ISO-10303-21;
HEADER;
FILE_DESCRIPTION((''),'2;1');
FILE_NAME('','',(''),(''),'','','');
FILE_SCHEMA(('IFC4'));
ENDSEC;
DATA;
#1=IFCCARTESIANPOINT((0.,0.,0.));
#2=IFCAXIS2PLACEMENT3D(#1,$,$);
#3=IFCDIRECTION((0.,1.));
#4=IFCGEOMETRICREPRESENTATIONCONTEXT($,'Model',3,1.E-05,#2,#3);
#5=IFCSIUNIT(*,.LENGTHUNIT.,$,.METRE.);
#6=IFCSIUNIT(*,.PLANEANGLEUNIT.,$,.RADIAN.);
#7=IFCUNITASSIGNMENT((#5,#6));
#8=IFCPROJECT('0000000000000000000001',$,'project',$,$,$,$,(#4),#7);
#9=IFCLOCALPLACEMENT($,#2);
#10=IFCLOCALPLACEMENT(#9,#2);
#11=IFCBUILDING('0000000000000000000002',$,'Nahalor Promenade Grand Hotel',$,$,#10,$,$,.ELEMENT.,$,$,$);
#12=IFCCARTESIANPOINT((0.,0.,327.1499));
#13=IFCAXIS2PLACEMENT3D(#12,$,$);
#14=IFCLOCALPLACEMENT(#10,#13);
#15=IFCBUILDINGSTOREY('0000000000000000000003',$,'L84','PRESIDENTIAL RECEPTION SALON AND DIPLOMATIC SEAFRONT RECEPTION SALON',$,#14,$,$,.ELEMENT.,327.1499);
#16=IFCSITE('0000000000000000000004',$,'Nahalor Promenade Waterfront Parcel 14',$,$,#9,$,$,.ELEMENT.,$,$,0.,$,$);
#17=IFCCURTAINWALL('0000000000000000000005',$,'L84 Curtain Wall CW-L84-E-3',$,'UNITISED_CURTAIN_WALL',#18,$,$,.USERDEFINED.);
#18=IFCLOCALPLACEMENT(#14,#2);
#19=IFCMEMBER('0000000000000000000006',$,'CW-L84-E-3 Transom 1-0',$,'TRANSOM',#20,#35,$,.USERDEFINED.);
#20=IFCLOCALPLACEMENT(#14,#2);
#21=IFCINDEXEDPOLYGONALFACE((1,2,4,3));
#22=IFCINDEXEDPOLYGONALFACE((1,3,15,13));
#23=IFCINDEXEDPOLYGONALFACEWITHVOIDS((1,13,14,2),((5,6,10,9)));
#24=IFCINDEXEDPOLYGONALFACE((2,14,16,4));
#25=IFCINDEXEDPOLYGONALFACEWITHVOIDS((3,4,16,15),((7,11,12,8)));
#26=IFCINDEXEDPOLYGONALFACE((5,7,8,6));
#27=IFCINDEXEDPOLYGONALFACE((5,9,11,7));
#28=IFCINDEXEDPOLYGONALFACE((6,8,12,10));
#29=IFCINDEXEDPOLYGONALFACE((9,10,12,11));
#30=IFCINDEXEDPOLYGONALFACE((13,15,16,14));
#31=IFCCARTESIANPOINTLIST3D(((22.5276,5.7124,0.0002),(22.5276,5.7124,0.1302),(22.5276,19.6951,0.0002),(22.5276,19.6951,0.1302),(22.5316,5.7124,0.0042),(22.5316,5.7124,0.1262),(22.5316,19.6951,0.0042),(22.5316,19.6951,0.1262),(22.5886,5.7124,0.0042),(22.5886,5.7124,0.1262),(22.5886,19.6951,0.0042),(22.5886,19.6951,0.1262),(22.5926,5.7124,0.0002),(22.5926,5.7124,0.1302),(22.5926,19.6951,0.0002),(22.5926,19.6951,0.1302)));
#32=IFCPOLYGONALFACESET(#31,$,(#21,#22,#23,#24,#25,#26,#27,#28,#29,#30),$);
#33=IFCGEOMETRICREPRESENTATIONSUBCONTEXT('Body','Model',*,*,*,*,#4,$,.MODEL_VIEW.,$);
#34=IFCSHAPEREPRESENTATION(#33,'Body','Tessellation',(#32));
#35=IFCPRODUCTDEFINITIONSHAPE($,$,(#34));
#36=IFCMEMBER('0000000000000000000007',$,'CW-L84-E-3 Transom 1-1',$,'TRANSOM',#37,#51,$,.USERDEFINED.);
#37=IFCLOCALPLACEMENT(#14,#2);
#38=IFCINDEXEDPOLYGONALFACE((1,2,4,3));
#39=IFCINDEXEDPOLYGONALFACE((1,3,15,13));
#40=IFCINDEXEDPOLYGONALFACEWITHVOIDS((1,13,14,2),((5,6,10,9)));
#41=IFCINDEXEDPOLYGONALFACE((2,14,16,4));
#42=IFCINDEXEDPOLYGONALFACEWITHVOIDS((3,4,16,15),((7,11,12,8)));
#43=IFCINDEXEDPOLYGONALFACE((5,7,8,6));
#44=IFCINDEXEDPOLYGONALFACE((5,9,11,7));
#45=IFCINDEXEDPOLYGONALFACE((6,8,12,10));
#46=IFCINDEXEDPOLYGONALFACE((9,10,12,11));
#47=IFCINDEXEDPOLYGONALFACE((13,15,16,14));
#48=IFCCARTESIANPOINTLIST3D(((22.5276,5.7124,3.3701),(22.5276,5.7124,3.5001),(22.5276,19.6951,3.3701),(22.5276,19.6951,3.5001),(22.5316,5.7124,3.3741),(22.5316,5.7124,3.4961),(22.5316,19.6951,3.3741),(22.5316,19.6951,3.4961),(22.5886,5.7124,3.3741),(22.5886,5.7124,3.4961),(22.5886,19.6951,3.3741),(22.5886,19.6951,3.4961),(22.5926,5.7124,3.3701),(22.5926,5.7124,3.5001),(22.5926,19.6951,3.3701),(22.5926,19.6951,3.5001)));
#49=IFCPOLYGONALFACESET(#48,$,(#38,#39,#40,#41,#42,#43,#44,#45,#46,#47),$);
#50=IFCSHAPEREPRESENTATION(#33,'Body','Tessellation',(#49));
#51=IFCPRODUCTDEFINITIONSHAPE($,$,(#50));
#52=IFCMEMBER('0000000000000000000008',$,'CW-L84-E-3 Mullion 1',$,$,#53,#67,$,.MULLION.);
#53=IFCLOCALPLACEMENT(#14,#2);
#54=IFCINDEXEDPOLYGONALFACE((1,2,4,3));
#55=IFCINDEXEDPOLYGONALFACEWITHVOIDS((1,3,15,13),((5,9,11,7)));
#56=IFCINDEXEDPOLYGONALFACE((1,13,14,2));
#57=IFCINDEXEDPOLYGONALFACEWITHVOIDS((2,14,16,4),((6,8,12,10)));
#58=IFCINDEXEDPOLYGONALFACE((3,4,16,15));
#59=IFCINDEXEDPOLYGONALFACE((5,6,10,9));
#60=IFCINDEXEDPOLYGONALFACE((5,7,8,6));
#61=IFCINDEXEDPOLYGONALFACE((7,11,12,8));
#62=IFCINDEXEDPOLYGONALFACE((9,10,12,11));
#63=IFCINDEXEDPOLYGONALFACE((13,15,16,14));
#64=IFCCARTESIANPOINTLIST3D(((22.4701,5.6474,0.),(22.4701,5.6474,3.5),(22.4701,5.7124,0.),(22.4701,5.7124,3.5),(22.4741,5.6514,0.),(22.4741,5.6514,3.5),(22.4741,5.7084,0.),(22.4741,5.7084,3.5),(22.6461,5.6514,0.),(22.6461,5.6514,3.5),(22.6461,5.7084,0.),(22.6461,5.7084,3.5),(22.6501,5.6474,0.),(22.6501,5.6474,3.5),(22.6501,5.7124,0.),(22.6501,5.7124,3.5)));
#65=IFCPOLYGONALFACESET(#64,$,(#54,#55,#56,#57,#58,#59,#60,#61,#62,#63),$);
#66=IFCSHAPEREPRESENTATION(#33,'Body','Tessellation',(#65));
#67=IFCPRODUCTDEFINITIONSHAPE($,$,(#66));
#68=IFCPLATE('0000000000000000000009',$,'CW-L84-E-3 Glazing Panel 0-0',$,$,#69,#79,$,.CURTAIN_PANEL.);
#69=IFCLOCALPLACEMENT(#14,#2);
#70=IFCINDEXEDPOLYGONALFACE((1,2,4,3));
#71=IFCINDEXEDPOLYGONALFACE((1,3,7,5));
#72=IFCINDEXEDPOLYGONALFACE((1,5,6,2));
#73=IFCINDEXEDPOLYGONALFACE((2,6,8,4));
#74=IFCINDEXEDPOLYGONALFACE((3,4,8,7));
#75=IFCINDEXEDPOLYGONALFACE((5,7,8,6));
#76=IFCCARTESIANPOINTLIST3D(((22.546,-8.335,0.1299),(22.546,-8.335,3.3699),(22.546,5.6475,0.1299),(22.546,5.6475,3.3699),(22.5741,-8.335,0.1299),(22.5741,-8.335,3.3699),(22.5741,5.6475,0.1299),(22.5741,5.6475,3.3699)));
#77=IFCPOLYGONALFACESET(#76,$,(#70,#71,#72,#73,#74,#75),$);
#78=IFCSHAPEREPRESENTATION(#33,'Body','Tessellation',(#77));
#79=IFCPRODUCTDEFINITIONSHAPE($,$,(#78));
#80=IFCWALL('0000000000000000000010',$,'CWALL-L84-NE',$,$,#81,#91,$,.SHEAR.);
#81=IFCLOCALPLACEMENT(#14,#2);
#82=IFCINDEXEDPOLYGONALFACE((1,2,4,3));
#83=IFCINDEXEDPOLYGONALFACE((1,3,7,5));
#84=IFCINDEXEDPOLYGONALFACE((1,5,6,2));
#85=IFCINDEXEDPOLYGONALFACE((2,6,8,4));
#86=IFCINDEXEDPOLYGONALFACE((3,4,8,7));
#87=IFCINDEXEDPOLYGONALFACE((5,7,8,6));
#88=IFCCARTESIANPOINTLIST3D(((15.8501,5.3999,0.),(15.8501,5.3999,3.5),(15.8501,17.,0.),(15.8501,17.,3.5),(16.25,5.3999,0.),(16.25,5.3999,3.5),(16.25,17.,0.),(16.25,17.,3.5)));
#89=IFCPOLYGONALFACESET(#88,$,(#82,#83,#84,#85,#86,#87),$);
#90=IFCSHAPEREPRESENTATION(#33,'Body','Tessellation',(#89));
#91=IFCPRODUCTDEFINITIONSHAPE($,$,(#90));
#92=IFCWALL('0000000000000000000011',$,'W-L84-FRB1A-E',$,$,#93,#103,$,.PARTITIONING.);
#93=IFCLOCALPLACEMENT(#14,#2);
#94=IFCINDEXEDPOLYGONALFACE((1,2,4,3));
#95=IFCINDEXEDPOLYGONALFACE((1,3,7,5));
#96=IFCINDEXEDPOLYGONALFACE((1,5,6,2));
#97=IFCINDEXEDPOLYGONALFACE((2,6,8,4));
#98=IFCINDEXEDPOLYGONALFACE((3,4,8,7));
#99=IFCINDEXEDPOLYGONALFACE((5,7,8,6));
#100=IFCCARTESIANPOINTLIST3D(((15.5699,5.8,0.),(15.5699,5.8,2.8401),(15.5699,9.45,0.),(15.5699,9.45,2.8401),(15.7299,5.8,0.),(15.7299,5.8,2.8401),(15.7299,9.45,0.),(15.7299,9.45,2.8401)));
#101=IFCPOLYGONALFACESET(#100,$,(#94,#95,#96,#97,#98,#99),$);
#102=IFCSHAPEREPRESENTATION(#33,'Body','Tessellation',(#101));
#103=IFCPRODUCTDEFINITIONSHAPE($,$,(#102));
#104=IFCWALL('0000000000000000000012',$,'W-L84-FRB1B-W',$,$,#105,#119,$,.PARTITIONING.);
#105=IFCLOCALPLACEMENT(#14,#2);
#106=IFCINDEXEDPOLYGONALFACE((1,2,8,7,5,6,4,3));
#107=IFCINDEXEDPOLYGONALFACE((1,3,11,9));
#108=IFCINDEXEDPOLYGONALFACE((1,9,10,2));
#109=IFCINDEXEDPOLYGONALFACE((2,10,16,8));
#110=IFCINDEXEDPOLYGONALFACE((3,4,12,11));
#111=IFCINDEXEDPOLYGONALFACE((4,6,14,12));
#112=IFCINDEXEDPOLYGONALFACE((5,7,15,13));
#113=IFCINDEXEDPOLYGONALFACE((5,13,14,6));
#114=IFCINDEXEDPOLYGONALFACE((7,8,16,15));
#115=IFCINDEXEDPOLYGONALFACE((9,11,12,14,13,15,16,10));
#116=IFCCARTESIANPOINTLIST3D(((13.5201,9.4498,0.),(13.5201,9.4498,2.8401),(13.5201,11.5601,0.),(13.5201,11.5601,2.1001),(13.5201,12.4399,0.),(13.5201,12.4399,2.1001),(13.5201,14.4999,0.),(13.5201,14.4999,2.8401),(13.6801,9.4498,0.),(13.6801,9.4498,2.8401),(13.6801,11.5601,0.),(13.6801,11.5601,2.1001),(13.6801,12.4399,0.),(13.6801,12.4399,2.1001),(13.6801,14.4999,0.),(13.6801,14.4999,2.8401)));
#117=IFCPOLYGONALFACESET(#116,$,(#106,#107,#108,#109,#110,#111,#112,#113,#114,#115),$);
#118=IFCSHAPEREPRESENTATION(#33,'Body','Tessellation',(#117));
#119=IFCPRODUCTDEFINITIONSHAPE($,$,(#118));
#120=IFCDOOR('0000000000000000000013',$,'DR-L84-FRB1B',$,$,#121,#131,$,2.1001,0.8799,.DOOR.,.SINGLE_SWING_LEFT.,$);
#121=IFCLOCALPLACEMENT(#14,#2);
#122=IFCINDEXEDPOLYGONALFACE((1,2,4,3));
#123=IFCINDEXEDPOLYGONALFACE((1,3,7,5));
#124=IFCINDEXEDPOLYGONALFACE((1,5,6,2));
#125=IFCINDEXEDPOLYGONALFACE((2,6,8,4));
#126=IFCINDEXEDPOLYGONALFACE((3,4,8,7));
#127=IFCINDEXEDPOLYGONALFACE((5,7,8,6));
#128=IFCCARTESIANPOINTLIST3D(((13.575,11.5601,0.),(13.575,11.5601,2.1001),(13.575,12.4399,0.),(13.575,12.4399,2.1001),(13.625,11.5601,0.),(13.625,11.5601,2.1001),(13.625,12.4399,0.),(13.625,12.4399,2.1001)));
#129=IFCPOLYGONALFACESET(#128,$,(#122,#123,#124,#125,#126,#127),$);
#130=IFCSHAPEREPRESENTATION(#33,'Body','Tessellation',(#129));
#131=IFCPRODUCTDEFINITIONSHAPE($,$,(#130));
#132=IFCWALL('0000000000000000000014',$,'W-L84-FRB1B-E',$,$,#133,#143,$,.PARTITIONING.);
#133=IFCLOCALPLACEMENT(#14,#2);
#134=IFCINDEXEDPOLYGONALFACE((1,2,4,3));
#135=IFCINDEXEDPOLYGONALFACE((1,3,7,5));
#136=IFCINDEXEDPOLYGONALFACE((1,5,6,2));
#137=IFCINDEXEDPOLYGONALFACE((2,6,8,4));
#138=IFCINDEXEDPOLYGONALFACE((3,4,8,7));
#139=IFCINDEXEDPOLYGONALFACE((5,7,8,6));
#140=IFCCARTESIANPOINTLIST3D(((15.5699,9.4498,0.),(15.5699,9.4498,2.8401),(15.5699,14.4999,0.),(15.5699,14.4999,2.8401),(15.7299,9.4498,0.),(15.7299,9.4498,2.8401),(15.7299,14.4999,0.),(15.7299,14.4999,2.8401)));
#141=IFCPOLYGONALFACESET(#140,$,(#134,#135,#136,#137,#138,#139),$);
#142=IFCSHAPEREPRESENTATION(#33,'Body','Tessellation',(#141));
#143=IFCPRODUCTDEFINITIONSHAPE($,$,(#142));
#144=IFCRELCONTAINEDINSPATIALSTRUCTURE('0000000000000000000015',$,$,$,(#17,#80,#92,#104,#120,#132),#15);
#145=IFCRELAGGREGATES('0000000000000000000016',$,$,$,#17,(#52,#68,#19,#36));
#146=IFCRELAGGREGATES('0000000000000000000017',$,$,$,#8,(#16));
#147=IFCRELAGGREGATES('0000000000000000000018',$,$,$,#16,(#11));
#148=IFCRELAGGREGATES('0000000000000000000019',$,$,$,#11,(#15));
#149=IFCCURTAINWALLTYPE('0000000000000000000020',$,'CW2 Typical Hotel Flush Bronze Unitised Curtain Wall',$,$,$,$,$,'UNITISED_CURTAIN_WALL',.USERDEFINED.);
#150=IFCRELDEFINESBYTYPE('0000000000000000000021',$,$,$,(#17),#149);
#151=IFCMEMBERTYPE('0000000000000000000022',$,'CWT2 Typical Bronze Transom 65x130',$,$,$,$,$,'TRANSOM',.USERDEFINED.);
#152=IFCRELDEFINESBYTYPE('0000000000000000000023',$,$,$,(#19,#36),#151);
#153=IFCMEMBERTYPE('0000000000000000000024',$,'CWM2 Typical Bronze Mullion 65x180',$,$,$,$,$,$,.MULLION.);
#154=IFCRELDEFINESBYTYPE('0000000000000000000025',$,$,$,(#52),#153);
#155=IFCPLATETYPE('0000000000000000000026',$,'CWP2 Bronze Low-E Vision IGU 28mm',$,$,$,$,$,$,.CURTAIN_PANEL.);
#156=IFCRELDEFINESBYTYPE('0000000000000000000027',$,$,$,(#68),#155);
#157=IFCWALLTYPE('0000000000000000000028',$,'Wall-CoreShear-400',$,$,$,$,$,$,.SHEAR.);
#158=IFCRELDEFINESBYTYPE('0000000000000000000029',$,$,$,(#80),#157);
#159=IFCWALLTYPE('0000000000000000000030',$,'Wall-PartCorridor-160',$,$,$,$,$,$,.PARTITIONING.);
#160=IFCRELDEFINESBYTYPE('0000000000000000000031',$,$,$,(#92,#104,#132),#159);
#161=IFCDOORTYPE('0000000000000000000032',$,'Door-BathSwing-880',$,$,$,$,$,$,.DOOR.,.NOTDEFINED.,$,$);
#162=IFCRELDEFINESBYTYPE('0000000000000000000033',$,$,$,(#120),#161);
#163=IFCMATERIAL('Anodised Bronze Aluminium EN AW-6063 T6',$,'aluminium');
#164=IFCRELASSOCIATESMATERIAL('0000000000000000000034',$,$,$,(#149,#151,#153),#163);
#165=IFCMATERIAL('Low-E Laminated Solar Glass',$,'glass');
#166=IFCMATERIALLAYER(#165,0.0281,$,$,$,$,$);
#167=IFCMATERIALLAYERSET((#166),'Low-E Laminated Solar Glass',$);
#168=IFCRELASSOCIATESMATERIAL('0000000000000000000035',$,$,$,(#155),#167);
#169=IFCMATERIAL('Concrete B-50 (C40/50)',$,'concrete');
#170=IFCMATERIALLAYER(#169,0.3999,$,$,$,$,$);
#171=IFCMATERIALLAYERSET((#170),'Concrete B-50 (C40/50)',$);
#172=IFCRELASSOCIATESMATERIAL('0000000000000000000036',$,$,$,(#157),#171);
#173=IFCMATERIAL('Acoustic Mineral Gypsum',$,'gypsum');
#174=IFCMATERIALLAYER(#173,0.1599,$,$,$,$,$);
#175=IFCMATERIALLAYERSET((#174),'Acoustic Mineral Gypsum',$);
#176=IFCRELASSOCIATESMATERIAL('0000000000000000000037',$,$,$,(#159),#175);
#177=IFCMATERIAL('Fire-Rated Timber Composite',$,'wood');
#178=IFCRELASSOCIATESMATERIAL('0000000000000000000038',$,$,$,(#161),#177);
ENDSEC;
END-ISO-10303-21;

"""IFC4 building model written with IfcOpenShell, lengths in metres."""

from ifc_helpers import new_model, si_unit, direction, frame, frame_2d, origin, origin_2d, place, context, subcontext, project, spatial, rectangle, hollow_rectangle, extrude, source, transform, mapped, material, layer, layer_set, material_profile, profile_set, type_object, element, fill, aggregate, save


model = new_model("IFC4")

# Units and contexts
model_context = context("Model", 3, precision=1e-05, world=origin(), true_north=direction((0.0, 1.0)))
body_context = subcontext(model_context, "Body", "Model", "MODEL_VIEW")
ifc_project = project(units=[si_unit("LENGTHUNIT", "METRE"), si_unit("PLANEANGLEUNIT", "RADIAN")], contexts=[model_context])

# Site, building, storey
site_placement = place(None, origin())
site = spatial("IfcSite", under=ifc_project, at=site_placement, Name="Nahalor Promenade Waterfront Parcel 14", CompositionType="ELEMENT", RefElevation=0.0)
building_placement = place(site_placement, origin())
building = spatial("IfcBuilding", under=site, at=building_placement, Name="Nahalor Promenade Grand Hotel", CompositionType="ELEMENT")
storey_placement = place(building_placement, frame((0.0, 0.0, 327.1499)))
storey = spatial("IfcBuildingStorey", under=building, at=storey_placement, Name="L84", Description="PRESIDENTIAL RECEPTION SALON AND DIPLOMATIC SEAFRONT RECEPTION SALON", CompositionType="ELEMENT", Elevation=327.1499)

# Curtain wall, members, plate
ifc_material_1 = material(Name="Anodised Bronze Aluminium EN AW-6063 T6", Category="aluminium")
curtain_wall_type = type_object("IfcCurtainWallType", Name="CW2 Typical Hotel Flush Bronze Unitised Curtain Wall", ElementType="UNITISED_CURTAIN_WALL", PredefinedType="USERDEFINED", material=ifc_material_1)
curtain_wall_placement = place(storey_placement, origin())
curtain_wall = element("IfcCurtainWall", 1, at=curtain_wall_placement, inside=storey, type_object=curtain_wall_type, Name="L84 Curtain Wall CW-L84-E-3", ObjectType="UNITISED_CURTAIN_WALL", PredefinedType="USERDEFINED")
ifc_material_profile_1 = material_profile(ifc_material_1, hollow_rectangle(XDim=0.065, YDim=0.13, WallThickness=0.004, at=origin_2d()), Name="CWT 65x130x4")
ifc_profile_set_1 = profile_set([ifc_material_profile_1], Name="Anodised Bronze Aluminium EN AW-6063 T6")
member_type_1 = type_object("IfcMemberType", Name="CWT2 Typical Bronze Transom 65x130", ElementType="TRANSOM", PredefinedType="USERDEFINED", material=ifc_profile_set_1)
shared_shape_1 = source(origin(), body_context, "Body", "SweptSolid", [
    extrude(hollow_rectangle(XDim=0.065, YDim=0.13, WallThickness=0.004, at=origin_2d()), origin(), (0.0, 0.0, 1.0), 13.9827),
])
member_1_placement = place(storey_placement, frame((22.5601, 5.7124, 0.0652), z_axis=(0.0, 1.0, 0.0), x_axis=(-1.0, 0.0, 0.0)))
member_1 = element("IfcMember", 2, at=member_1_placement, type_object=member_type_1, Name="CW-L84-E-3 Transom 1-0", ObjectType="TRANSOM", PredefinedType="USERDEFINED", context=body_context, shape_type="MappedRepresentation", body=[
    mapped(shared_shape_1, transform((0.0, 0.0, 0.0), scale=1.0)),
])
member_2_placement = place(storey_placement, frame((22.5601, 5.7124, 3.4351), z_axis=(0.0, 1.0, 0.0), x_axis=(-1.0, 0.0, 0.0)))
member_2 = element("IfcMember", 3, at=member_2_placement, type_object=member_type_1, Name="CW-L84-E-3 Transom 1-1", ObjectType="TRANSOM", PredefinedType="USERDEFINED", context=body_context, shape_type="MappedRepresentation", body=[
    mapped(shared_shape_1, transform((0.0, 0.0, 0.0), scale=1.0)),
])
ifc_material_profile_2 = material_profile(ifc_material_1, hollow_rectangle(XDim=0.065, YDim=0.18, WallThickness=0.004, at=origin_2d()), Name="CWM 65x180x4")
ifc_profile_set_2 = profile_set([ifc_material_profile_2], Name="Anodised Bronze Aluminium EN AW-6063 T6")
member_type_2 = type_object("IfcMemberType", Name="CWM2 Typical Bronze Mullion 65x180", PredefinedType="MULLION", material=ifc_profile_set_2)
shared_shape_2 = source(origin(), body_context, "Body", "SweptSolid", [
    extrude(hollow_rectangle(XDim=0.065, YDim=0.18, WallThickness=0.004, at=origin_2d()), origin(), (0.0, 0.0, 1.0), 3.5),
])
member_3_placement = place(storey_placement, frame((22.5601, 5.6799, 0.0), z_axis=(0.0, 0.0, 1.0), x_axis=(0.0, 1.0, 0.0)))
member_3 = element("IfcMember", 4, at=member_3_placement, type_object=member_type_2, Name="CW-L84-E-3 Mullion 1", PredefinedType="MULLION", context=body_context, shape_type="MappedRepresentation", body=[
    mapped(shared_shape_2, transform((0.0, 0.0, 0.0), scale=1.0)),
])
ifc_material_2 = material(Name="Low-E Laminated Solar Glass", Category="glass")
ifc_layer_1 = layer(ifc_material_2, 0.0281)
ifc_layer_set_1 = layer_set([ifc_layer_1], Name="Low-E Laminated Solar Glass")
plate_type = type_object("IfcPlateType", Name="CWP2 Bronze Low-E Vision IGU 28mm", PredefinedType="CURTAIN_PANEL", material=ifc_layer_set_1)
shared_shape_3 = source(origin(), body_context, "Body", "SweptSolid", [
    extrude(rectangle(XDim=13.9824, YDim=0.0281, at=origin_2d()), origin(), (0.0, 0.0, 1.0), 3.24),
])
plate_placement = place(storey_placement, frame((22.5601, -1.3438, 0.1299), z_axis=(0.0, 0.0, 1.0), x_axis=(0.0, 1.0, 0.0)))
plate = element("IfcPlate", 5, at=plate_placement, type_object=plate_type, Name="CW-L84-E-3 Glazing Panel 0-0", PredefinedType="CURTAIN_PANEL", context=body_context, shape_type="MappedRepresentation", body=[
    mapped(shared_shape_3, transform((0.0, 0.0, 0.0), scale=1.0)),
])
aggregate(curtain_wall, [member_3, plate, member_1, member_2])

# Walls
ifc_material_3 = material(Name="Concrete B-50 (C40/50)", Category="concrete")
ifc_layer_2 = layer(ifc_material_3, 0.3999)
ifc_layer_set_2 = layer_set([ifc_layer_2], Name="Concrete B-50 (C40/50)")
wall_type_1 = type_object("IfcWallType", Name="Wall-CoreShear-400", PredefinedType="SHEAR", material=ifc_layer_set_2)
shared_shape_4 = source(origin(), body_context, "Body", "SweptSolid", [
    extrude(rectangle(XDim=11.6001, YDim=0.3999, at=frame_2d((5.8, 0.0))), origin(), (0.0, 0.0, 1.0), 3.5),
])
wall_1_placement = place(storey_placement, frame((16.05, 5.3999, 0.0), z_axis=(0.0, 0.0, 1.0), x_axis=(0.0, 1.0, 0.0)))
element("IfcWall", 6, at=wall_1_placement, inside=storey, type_object=wall_type_1, Name="CWALL-L84-NE", PredefinedType="SHEAR", context=body_context, shape_type="MappedRepresentation", body=[
    mapped(shared_shape_4, transform((0.0, 0.0, 0.0), scale=1.0)),
])
ifc_material_4 = material(Name="Acoustic Mineral Gypsum", Category="gypsum")
ifc_layer_3 = layer(ifc_material_4, 0.1599)
ifc_layer_set_3 = layer_set([ifc_layer_3], Name="Acoustic Mineral Gypsum")
wall_type_2 = type_object("IfcWallType", Name="Wall-PartCorridor-160", PredefinedType="PARTITIONING", material=ifc_layer_set_3)
shared_shape_5 = source(origin(), body_context, "Body", "SweptSolid", [
    extrude(rectangle(XDim=3.6499, YDim=0.1599, at=frame_2d((1.825, 0.0))), origin(), (0.0, 0.0, 1.0), 2.8401),
])
wall_2_placement = place(storey_placement, frame((15.6499, 5.8, 0.0), z_axis=(0.0, 0.0, 1.0), x_axis=(0.0, 1.0, 0.0)))
element("IfcWall", 7, at=wall_2_placement, inside=storey, type_object=wall_type_2, Name="W-L84-FRB1A-E", PredefinedType="PARTITIONING", context=body_context, shape_type="MappedRepresentation", body=[
    mapped(shared_shape_5, transform((0.0, 0.0, 0.0), scale=1.0)),
])

# Wall, opening, door
shared_shape_6 = source(origin(), body_context, "Body", "SweptSolid", [
    extrude(rectangle(XDim=5.05, YDim=0.1599, at=frame_2d((2.5249, 0.0))), origin(), (0.0, 0.0, 1.0), 2.8401),
])
wall_3_placement = place(storey_placement, frame((13.6001, 9.45, 0.0), z_axis=(0.0, 0.0, 1.0), x_axis=(0.0, 1.0, 0.0)))
wall_3 = element("IfcWall", 8, at=wall_3_placement, inside=storey, type_object=wall_type_2, Name="W-L84-FRB1B-W", PredefinedType="PARTITIONING", context=body_context, shape_type="MappedRepresentation", body=[
    mapped(shared_shape_6, transform((0.0, 0.0, 0.0), scale=1.0)),
])
opening_1_placement = place(wall_3_placement, frame((2.1101, 0.0, 0.0)))
opening_1 = element("IfcOpeningElement", 9, at=opening_1_placement, cuts=wall_3, PredefinedType="OPENING", context=body_context, shape_type="SweptSolid", body=[
    extrude(rectangle(XDim=0.8799, YDim=2.1001, at=frame_2d((0.4399, 1.05))), frame((0.0, 0.0898, 0.0), z_axis=(0.0, -1.0, 0.0), x_axis=(1.0, 0.0, 0.0)), (0.0, 0.0, 1.0), 0.1799),
])
ifc_material_5 = material(Name="Fire-Rated Timber Composite", Category="wood")
door_type_1 = type_object("IfcDoorType", Name="Door-BathSwing-880", OperationType="NOTDEFINED", PredefinedType="DOOR", material=ifc_material_5)
shared_shape_7 = source(origin(), body_context, "Body", "SweptSolid", [
    extrude(rectangle(XDim=0.8799, YDim=2.1001, at=frame_2d((0.4399, 1.05))), frame((0.0, 0.0249, 0.0), z_axis=(0.0, -1.0, 0.0), x_axis=(1.0, 0.0, 0.0)), (0.0, 0.0, 1.0), 0.05),
])
door_1_placement = place(opening_1_placement, frame((0.8799, 0.0, 0.0), z_axis=(0.0, 0.0, 1.0), x_axis=(-1.0, 0.0, 0.0)))
door_1 = element("IfcDoor", 10, at=door_1_placement, inside=storey, type_object=door_type_1, Name="DR-L84-FRB1B", OperationType="SINGLE_SWING_LEFT", OverallHeight=2.1001, OverallWidth=0.8799, PredefinedType="DOOR", context=body_context, shape_type="MappedRepresentation", body=[
    mapped(shared_shape_7, transform((0.0, 0.0, 0.0), scale=1.0)),
])
fill(opening_1, door_1)

# Wall
wall_4_placement = place(storey_placement, frame((15.6499, 9.45, 0.0), z_axis=(0.0, 0.0, 1.0), x_axis=(0.0, 1.0, 0.0)))
element("IfcWall", 11, at=wall_4_placement, inside=storey, type_object=wall_type_2, Name="W-L84-FRB1B-E", PredefinedType="PARTITIONING", context=body_context, shape_type="MappedRepresentation", body=[
    mapped(shared_shape_6, transform((0.0, 0.0, 0.0), scale=1.0)),
])

save(model, "model.ifc")
